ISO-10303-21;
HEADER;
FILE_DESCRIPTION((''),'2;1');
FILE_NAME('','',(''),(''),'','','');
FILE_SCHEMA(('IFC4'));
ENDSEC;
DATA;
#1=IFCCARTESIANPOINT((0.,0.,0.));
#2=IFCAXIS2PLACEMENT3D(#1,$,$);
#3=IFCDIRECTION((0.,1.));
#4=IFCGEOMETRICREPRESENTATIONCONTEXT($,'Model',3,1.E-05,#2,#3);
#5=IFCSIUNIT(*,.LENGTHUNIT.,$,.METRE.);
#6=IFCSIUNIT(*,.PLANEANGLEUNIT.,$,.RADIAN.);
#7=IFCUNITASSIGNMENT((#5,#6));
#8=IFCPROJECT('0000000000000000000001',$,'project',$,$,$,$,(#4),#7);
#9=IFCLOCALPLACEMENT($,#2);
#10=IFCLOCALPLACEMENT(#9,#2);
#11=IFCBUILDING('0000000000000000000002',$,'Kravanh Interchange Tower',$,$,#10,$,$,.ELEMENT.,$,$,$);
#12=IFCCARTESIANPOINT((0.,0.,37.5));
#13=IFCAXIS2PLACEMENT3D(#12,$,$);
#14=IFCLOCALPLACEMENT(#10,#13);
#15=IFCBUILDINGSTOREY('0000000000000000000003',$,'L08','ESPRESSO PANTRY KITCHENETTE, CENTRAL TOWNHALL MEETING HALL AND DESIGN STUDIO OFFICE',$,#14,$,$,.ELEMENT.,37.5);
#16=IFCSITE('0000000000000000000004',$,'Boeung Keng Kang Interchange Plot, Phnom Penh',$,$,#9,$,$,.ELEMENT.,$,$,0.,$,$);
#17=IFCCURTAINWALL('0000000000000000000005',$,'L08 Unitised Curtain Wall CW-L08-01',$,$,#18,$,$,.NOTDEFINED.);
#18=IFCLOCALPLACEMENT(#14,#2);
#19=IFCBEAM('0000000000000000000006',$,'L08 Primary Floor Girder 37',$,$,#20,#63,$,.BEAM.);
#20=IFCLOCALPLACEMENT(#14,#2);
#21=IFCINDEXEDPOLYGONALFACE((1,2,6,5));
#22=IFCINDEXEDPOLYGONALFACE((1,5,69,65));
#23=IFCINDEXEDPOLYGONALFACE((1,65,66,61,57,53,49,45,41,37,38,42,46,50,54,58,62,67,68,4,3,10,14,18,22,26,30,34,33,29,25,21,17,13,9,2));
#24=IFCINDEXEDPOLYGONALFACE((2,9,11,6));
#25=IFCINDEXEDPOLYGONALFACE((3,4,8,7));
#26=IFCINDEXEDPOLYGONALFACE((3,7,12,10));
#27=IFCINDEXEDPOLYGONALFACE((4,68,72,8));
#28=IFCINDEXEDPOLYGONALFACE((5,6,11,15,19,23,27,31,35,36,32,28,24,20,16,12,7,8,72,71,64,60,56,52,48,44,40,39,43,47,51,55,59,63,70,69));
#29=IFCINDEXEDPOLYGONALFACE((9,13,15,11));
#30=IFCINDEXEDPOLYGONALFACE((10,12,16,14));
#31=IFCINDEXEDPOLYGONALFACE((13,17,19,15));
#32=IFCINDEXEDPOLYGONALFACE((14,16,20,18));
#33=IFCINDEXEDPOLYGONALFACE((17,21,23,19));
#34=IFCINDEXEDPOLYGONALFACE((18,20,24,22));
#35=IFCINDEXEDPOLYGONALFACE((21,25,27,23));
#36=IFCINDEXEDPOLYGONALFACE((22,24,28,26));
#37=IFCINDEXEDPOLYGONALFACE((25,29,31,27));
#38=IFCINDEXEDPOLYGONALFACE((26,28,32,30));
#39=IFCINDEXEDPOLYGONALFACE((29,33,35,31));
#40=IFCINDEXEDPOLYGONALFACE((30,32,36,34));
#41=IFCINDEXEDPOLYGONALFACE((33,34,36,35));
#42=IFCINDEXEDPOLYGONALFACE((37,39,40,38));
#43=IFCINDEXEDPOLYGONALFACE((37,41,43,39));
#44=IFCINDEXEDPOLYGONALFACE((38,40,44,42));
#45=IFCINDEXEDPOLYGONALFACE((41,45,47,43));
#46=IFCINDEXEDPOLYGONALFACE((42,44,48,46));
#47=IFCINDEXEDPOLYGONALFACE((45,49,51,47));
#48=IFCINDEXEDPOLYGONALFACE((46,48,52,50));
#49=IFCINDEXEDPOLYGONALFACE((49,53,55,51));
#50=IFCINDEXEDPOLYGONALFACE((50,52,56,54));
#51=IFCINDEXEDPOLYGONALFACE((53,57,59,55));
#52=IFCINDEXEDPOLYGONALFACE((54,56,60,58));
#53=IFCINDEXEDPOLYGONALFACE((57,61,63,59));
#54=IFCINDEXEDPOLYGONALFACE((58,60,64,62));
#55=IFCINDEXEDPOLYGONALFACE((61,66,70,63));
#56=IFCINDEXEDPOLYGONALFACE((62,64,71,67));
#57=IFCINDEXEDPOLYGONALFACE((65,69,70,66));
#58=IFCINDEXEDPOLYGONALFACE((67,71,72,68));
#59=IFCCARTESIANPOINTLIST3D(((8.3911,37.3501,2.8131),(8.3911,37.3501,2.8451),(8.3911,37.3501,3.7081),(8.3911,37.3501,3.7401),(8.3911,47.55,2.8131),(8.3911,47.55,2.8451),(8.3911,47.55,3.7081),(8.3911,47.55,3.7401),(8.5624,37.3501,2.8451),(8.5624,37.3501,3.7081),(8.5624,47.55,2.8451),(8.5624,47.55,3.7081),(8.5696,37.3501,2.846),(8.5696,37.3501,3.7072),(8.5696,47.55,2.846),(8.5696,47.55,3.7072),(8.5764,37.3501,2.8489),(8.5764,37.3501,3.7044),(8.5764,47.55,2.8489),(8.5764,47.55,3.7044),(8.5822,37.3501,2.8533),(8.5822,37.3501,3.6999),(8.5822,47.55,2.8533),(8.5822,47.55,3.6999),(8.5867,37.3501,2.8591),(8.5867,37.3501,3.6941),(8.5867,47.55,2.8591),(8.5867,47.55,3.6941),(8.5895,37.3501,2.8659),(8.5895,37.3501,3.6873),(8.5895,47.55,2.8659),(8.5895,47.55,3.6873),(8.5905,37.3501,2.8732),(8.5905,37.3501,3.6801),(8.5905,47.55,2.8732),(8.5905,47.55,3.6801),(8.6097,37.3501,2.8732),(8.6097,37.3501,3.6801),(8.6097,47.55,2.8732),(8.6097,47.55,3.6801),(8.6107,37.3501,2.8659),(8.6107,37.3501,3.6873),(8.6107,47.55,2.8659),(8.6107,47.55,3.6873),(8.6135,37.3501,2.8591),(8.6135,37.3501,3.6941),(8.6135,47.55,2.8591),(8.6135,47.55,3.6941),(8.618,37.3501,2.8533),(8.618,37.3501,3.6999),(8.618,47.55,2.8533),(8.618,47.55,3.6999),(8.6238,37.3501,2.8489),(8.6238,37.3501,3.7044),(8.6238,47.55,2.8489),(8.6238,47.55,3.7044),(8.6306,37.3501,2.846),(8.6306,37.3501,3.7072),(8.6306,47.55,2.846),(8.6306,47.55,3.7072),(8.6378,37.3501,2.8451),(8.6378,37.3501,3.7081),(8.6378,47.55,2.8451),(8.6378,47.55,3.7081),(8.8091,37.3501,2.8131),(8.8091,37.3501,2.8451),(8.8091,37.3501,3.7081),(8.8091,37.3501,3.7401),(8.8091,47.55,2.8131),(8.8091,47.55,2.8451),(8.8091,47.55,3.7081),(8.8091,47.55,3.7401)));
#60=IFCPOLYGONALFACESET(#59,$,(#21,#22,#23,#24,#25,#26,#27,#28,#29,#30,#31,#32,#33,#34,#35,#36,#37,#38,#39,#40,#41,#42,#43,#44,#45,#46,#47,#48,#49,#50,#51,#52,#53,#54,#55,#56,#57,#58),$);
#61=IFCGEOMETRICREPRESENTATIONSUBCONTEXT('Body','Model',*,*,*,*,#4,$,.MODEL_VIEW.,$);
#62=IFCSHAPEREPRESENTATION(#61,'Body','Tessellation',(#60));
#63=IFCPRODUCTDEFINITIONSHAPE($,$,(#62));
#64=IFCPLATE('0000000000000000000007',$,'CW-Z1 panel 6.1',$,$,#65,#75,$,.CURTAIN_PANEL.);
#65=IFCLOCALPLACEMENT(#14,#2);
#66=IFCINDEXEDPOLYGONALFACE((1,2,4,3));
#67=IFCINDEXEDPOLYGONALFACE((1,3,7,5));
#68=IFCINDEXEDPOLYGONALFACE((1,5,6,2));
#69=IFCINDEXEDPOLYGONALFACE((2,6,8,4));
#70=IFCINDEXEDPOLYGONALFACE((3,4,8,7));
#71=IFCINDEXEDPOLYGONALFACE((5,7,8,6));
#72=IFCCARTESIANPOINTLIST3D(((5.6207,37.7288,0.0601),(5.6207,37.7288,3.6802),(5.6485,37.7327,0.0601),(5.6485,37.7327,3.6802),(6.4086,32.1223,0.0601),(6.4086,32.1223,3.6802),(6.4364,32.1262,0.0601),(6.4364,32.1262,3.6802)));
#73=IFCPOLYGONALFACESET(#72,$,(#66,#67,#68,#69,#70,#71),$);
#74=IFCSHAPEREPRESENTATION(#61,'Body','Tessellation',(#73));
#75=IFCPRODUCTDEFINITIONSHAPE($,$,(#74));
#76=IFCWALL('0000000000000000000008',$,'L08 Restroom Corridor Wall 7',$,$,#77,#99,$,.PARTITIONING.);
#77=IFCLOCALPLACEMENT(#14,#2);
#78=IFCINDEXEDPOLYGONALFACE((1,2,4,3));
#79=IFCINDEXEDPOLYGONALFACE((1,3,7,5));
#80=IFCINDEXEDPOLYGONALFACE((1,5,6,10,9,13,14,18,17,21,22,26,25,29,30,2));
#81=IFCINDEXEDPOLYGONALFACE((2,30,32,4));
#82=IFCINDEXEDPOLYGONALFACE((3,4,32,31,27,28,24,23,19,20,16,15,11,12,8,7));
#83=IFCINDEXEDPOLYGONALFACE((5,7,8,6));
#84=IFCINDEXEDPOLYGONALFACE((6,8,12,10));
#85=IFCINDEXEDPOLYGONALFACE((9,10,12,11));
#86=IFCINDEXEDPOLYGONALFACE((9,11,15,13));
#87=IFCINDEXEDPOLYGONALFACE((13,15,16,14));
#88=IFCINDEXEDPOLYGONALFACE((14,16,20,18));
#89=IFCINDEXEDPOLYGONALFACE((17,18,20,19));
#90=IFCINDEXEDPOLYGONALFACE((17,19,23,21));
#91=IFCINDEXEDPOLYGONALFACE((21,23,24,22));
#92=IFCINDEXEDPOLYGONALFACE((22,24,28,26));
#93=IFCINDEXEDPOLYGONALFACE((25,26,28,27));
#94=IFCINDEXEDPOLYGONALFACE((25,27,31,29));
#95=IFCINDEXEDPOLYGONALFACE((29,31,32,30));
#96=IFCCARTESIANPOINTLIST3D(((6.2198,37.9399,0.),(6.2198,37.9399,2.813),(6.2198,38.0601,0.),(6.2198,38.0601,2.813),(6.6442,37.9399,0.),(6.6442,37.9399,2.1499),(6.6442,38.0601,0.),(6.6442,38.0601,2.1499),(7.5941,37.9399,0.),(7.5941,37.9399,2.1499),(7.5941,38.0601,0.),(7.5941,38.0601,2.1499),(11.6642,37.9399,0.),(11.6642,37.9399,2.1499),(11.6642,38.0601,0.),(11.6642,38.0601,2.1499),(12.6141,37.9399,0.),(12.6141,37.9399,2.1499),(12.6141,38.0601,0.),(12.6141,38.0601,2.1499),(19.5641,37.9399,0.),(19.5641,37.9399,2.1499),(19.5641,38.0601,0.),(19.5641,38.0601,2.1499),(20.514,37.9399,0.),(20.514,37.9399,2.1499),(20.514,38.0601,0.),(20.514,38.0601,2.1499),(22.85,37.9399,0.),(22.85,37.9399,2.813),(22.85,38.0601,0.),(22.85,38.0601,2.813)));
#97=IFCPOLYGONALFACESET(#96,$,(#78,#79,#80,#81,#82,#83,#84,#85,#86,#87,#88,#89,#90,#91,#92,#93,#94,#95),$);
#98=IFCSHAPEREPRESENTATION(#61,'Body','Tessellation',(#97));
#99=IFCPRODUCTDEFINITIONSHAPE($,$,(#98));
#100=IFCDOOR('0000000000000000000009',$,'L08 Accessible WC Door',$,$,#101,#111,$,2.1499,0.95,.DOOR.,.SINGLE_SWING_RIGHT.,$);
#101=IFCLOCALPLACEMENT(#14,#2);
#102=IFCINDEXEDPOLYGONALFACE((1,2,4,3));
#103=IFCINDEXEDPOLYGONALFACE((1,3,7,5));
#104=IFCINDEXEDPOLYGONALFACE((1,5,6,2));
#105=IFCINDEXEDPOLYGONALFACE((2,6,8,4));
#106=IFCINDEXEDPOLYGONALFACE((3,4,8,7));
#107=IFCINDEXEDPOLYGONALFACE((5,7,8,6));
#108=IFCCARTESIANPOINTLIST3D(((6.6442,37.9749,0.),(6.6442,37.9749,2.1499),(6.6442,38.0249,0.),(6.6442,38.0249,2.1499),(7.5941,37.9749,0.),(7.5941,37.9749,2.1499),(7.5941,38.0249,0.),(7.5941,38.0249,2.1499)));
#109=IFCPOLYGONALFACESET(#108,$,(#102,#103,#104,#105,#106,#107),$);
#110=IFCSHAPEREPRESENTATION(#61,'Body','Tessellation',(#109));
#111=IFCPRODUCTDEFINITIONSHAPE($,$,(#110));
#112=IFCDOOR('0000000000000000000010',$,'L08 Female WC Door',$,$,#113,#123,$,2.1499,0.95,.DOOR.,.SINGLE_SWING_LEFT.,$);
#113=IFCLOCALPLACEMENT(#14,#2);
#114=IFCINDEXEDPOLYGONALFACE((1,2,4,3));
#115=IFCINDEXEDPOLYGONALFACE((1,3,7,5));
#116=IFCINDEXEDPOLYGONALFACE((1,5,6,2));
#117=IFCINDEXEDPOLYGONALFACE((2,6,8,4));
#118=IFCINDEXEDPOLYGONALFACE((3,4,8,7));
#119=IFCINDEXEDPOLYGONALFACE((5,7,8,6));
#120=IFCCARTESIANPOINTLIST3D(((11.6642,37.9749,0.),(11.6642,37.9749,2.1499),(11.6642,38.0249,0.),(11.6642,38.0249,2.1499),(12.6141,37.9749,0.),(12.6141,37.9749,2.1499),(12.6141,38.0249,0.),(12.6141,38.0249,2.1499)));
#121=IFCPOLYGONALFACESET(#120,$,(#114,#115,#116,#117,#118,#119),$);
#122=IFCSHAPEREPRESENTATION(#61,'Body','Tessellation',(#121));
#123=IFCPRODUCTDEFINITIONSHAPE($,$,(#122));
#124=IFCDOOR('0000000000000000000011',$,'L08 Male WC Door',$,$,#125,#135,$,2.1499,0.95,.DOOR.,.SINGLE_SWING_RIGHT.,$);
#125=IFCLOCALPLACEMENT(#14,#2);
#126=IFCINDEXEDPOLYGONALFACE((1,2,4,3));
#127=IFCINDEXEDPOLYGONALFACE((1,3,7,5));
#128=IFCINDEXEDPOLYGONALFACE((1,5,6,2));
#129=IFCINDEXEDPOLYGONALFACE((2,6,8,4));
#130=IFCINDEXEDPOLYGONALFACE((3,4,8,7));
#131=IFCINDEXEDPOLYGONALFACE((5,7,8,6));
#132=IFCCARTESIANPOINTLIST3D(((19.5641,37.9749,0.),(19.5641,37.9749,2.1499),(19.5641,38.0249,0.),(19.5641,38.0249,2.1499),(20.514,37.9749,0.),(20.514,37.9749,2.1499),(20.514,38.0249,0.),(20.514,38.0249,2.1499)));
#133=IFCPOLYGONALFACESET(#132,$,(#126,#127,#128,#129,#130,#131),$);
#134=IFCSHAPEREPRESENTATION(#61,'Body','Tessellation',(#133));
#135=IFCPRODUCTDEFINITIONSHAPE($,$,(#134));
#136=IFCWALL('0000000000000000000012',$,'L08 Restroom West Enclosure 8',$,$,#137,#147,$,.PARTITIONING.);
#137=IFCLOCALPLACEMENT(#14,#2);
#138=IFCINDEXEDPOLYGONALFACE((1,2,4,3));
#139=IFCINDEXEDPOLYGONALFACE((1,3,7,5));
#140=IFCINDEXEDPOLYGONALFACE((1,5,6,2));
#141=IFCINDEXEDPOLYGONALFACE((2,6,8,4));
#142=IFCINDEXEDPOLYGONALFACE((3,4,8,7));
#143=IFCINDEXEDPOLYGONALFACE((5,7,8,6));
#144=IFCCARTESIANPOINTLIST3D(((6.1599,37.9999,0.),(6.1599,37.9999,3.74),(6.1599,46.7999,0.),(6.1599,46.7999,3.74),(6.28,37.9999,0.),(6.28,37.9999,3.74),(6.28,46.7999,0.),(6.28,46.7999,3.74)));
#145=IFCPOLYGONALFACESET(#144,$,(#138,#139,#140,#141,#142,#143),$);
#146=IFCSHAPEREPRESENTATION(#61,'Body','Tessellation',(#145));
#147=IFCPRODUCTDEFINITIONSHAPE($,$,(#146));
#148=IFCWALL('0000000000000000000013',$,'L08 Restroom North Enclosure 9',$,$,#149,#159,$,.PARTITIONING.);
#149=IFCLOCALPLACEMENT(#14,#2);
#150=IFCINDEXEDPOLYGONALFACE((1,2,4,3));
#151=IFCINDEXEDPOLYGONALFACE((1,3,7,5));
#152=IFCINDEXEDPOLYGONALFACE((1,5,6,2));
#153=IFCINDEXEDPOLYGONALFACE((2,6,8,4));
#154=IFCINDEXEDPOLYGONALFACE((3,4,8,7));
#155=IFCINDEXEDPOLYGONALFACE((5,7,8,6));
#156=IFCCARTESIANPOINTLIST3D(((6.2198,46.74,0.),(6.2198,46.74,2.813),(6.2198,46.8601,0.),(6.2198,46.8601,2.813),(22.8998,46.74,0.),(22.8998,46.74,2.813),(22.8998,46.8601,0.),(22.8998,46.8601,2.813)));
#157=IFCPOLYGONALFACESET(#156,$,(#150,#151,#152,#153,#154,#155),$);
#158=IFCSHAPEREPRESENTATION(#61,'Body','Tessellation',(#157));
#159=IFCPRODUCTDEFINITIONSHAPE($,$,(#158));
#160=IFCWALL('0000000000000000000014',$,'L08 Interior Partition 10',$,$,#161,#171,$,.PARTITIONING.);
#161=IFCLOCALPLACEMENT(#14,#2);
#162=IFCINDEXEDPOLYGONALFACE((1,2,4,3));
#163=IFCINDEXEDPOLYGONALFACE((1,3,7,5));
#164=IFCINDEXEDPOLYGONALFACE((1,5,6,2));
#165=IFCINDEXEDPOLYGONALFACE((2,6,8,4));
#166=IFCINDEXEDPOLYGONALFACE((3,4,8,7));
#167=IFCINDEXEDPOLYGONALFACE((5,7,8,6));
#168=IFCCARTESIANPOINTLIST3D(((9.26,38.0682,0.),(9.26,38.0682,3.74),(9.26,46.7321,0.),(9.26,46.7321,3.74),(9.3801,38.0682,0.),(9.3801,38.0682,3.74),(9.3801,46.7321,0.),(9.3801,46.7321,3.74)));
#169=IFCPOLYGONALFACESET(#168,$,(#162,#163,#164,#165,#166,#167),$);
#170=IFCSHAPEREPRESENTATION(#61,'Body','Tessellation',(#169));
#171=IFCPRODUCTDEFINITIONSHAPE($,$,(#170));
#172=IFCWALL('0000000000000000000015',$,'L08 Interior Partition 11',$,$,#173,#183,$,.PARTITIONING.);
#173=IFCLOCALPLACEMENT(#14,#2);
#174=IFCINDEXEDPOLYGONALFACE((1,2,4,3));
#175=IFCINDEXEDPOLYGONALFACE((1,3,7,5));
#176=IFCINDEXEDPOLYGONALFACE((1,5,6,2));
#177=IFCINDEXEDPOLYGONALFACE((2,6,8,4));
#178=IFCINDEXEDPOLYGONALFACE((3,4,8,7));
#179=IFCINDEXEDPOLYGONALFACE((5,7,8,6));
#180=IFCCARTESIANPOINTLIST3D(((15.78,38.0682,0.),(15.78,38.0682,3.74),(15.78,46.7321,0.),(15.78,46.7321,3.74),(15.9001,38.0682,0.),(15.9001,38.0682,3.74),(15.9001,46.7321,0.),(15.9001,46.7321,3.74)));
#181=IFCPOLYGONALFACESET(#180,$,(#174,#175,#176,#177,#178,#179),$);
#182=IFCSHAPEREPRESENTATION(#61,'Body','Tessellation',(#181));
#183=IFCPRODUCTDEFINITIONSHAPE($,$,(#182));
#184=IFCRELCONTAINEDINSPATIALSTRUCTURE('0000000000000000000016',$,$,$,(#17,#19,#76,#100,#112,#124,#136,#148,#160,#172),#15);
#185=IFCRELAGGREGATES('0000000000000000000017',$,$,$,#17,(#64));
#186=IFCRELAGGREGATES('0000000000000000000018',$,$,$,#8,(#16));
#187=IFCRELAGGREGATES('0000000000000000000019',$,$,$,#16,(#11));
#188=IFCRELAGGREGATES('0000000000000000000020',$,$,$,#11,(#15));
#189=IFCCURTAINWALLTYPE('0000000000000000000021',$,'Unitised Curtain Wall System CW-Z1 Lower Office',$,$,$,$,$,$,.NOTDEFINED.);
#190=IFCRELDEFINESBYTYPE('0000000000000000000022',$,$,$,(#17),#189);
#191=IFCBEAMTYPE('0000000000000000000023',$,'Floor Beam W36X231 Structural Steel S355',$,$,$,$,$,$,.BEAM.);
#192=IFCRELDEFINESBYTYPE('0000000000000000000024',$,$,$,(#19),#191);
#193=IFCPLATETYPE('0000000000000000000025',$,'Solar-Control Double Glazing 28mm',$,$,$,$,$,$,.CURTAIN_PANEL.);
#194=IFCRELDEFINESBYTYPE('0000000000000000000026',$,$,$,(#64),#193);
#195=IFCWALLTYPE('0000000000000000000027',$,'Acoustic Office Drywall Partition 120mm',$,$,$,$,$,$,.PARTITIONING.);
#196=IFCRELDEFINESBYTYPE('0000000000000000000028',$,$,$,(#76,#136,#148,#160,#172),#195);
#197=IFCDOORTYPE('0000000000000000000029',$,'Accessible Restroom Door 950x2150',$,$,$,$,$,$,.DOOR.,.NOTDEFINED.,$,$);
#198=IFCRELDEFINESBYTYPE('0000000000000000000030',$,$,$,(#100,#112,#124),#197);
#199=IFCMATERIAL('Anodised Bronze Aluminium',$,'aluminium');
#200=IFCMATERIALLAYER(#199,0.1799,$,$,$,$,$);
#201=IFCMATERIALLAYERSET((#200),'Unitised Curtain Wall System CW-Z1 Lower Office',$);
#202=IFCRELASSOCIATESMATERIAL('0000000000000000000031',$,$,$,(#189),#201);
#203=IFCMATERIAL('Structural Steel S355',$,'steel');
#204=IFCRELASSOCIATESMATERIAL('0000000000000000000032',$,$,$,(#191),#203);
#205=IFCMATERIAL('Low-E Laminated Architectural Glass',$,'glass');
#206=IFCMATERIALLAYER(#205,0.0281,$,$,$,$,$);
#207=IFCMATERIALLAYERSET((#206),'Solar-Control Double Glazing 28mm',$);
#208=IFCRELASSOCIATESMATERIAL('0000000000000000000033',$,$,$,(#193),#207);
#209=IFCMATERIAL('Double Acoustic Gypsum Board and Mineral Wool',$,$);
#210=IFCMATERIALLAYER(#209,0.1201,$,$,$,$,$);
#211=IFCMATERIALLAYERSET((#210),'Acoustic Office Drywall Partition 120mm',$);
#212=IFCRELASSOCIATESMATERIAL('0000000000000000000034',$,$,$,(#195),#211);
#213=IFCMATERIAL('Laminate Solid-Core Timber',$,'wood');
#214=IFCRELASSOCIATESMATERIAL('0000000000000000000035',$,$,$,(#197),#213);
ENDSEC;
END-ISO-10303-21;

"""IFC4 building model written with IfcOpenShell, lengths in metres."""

from ifc_helpers import new_model, si_unit, direction, frame, frame_2d, origin, origin_2d, place, context, subcontext, project, spatial, rectangle, i_section, extrude, material, layer, layer_set, material_profile, profile_set, type_object, element, fill, aggregate, save


model = new_model("IFC4")

# Units and contexts
model_context = context("Model", 3, precision=1e-05, world=origin(), true_north=direction((0.0, 1.0)))
body_context = subcontext(model_context, "Body", "Model", "MODEL_VIEW")
ifc_project = project(units=[si_unit("LENGTHUNIT", "METRE"), si_unit("PLANEANGLEUNIT", "RADIAN")], contexts=[model_context])

# Site, building, storey
site_placement = place(None, origin())
site = spatial("IfcSite", under=ifc_project, at=site_placement, Name="Boeung Keng Kang Interchange Plot, Phnom Penh", CompositionType="ELEMENT", RefElevation=0.0)
building_placement = place(site_placement, origin())
building = spatial("IfcBuilding", under=site, at=building_placement, Name="Kravanh Interchange Tower", CompositionType="ELEMENT")
storey_placement = place(building_placement, frame((0.0, 0.0, 37.5)))
storey = spatial("IfcBuildingStorey", under=building, at=storey_placement, Name="L08", Description="ESPRESSO PANTRY KITCHENETTE, CENTRAL TOWNHALL MEETING HALL AND DESIGN STUDIO OFFICE", CompositionType="ELEMENT", Elevation=37.5)

# Curtain wall
ifc_material_1 = material(Name="Anodised Bronze Aluminium", Category="aluminium")
ifc_layer_1 = layer(ifc_material_1, 0.1799)
ifc_layer_set_1 = layer_set([ifc_layer_1], Name="Unitised Curtain Wall System CW-Z1 Lower Office")
curtain_wall_type = type_object("IfcCurtainWallType", Name="Unitised Curtain Wall System CW-Z1 Lower Office", PredefinedType="NOTDEFINED", material=ifc_layer_set_1)
curtain_wall_placement = place(storey_placement, origin())
curtain_wall = element("IfcCurtainWall", 1, at=curtain_wall_placement, inside=storey, type_object=curtain_wall_type, Name="L08 Unitised Curtain Wall CW-L08-01", PredefinedType="NOTDEFINED")

# Beam
ifc_material_2 = material(Name="Structural Steel S355", Category="steel")
ifc_material_profile_1 = material_profile(ifc_material_2, i_section(OverallWidth=0.418, OverallDepth=0.927, WebThickness=0.0193, FlangeThickness=0.032, FilletRadius=0.0281, at=origin_2d()), Name="W36X231")
ifc_profile_set_1 = profile_set([ifc_material_profile_1], Name="Structural Steel S355")
beam_type = type_object("IfcBeamType", Name="Floor Beam W36X231 Structural Steel S355", PredefinedType="BEAM", material=ifc_profile_set_1)
beam_1_placement = place(storey_placement, frame((8.6001, 37.3501, 3.2766), z_axis=(0.0, 1.0, 0.0), x_axis=(-1.0, 0.0, 0.0)))
element("IfcBeam", 2, at=beam_1_placement, inside=storey, type_object=beam_type, Name="L08 Primary Floor Girder 37", PredefinedType="BEAM", context=body_context, shape_type="SweptSolid", body=[
    extrude(i_section(OverallWidth=0.418, OverallDepth=0.927, WebThickness=0.0193, FlangeThickness=0.032, FilletRadius=0.0281, at=origin_2d()), origin(), (0.0, 0.0, 1.0), 10.2),
])

# Plate
ifc_material_3 = material(Name="Low-E Laminated Architectural Glass", Category="glass")
ifc_layer_2 = layer(ifc_material_3, 0.0281)
ifc_layer_set_2 = layer_set([ifc_layer_2], Name="Solar-Control Double Glazing 28mm")
plate_type = type_object("IfcPlateType", Name="Solar-Control Double Glazing 28mm", PredefinedType="CURTAIN_PANEL", material=ifc_layer_set_2)
plate_placement = place(storey_placement, frame((6.0286, 34.9275, 0.0601), z_axis=(0.0, 0.0, 1.0), x_axis=(-0.139177, 0.990268, 0.0)))
plate = element("IfcPlate", 3, at=plate_placement, type_object=plate_type, Name="CW-Z1 panel 6.1", PredefinedType="CURTAIN_PANEL", context=body_context, shape_type="SweptSolid", body=[
    extrude(rectangle(XDim=5.6616, YDim=0.0281, at=origin_2d()), origin(), (0.0, 0.0, 1.0), 3.6201),
])
aggregate(curtain_wall, [plate])

# Wall, openings, doors
ifc_material_4 = material(Name="Double Acoustic Gypsum Board and Mineral Wool")
ifc_layer_3 = layer(ifc_material_4, 0.1201)
ifc_layer_set_3 = layer_set([ifc_layer_3], Name="Acoustic Office Drywall Partition 120mm")
wall_type_1 = type_object("IfcWallType", Name="Acoustic Office Drywall Partition 120mm", PredefinedType="PARTITIONING", material=ifc_layer_set_3)
wall_1_placement = place(storey_placement, frame((6.22, 38.0, 0.0), z_axis=(0.0, 0.0, 1.0), x_axis=(1.0, 0.0, 0.0)))
wall_1 = element("IfcWall", 4, at=wall_1_placement, inside=storey, type_object=wall_type_1, Name="L08 Restroom Corridor Wall 7", PredefinedType="PARTITIONING", context=body_context, shape_type="SweptSolid", body=[
    extrude(rectangle(XDim=16.6301, YDim=0.1201, at=frame_2d((8.3149, 0.0))), origin(), (0.0, 0.0, 1.0), 2.813),
])
opening_1_placement = place(wall_1_placement, frame((0.4241, 0.0, 0.0)))
opening_1 = element("IfcOpeningElement", 5, at=opening_1_placement, cuts=wall_1, PredefinedType="OPENING", context=body_context, shape_type="SweptSolid", body=[
    extrude(rectangle(XDim=0.95, YDim=2.1499, at=frame_2d((0.4751, 1.075))), frame((0.0, 0.0701, 0.0), z_axis=(0.0, -1.0, 0.0), x_axis=(1.0, 0.0, 0.0)), (0.0, 0.0, 1.0), 0.1401),
])
opening_2_placement = place(wall_1_placement, frame((5.4441, 0.0, 0.0)))
opening_2 = element("IfcOpeningElement", 6, at=opening_2_placement, cuts=wall_1, PredefinedType="OPENING", context=body_context, shape_type="SweptSolid", body=[
    extrude(rectangle(XDim=0.95, YDim=2.1499, at=frame_2d((0.4751, 1.075))), frame((0.0, 0.0701, 0.0), z_axis=(0.0, -1.0, 0.0), x_axis=(1.0, 0.0, 0.0)), (0.0, 0.0, 1.0), 0.1401),
])
opening_3_placement = place(wall_1_placement, frame((13.344, 0.0, 0.0)))
opening_3 = element("IfcOpeningElement", 7, at=opening_3_placement, cuts=wall_1, PredefinedType="OPENING", context=body_context, shape_type="SweptSolid", body=[
    extrude(rectangle(XDim=0.95, YDim=2.1499, at=frame_2d((0.4751, 1.075))), frame((0.0, 0.0701, 0.0), z_axis=(0.0, -1.0, 0.0), x_axis=(1.0, 0.0, 0.0)), (0.0, 0.0, 1.0), 0.1401),
])
ifc_material_5 = material(Name="Laminate Solid-Core Timber", Category="wood")
door_type = type_object("IfcDoorType", Name="Accessible Restroom Door 950x2150", OperationType="NOTDEFINED", PredefinedType="DOOR", material=ifc_material_5)
door_1_placement = place(opening_1_placement, origin())
door_1 = element("IfcDoor", 8, at=door_1_placement, inside=storey, type_object=door_type, Name="L08 Accessible WC Door", OperationType="SINGLE_SWING_RIGHT", OverallHeight=2.1499, OverallWidth=0.95, PredefinedType="DOOR", context=body_context, shape_type="SweptSolid", body=[
    extrude(rectangle(XDim=0.95, YDim=2.1499, at=frame_2d((0.4751, 1.075))), frame((0.0, 0.0249, 0.0), z_axis=(0.0, -1.0, 0.0), x_axis=(1.0, 0.0, 0.0)), (0.0, 0.0, 1.0), 0.05),
])
fill(opening_1, door_1)
door_2_placement = place(opening_2_placement, origin())
door_2 = element("IfcDoor", 9, at=door_2_placement, inside=storey, type_object=door_type, Name="L08 Female WC Door", OperationType="SINGLE_SWING_LEFT", OverallHeight=2.1499, OverallWidth=0.95, PredefinedType="DOOR", context=body_context, shape_type="SweptSolid", body=[
    extrude(rectangle(XDim=0.95, YDim=2.1499, at=frame_2d((0.4751, 1.075))), frame((0.0, 0.0249, 0.0), z_axis=(0.0, -1.0, 0.0), x_axis=(1.0, 0.0, 0.0)), (0.0, 0.0, 1.0), 0.05),
])
fill(opening_2, door_2)
door_3_placement = place(opening_3_placement, origin())
door_3 = element("IfcDoor", 10, at=door_3_placement, inside=storey, type_object=door_type, Name="L08 Male WC Door", OperationType="SINGLE_SWING_RIGHT", OverallHeight=2.1499, OverallWidth=0.95, PredefinedType="DOOR", context=body_context, shape_type="SweptSolid", body=[
    extrude(rectangle(XDim=0.95, YDim=2.1499, at=frame_2d((0.4751, 1.075))), frame((0.0, 0.0249, 0.0), z_axis=(0.0, -1.0, 0.0), x_axis=(1.0, 0.0, 0.0)), (0.0, 0.0, 1.0), 0.05),
])
fill(opening_3, door_3)

# Walls
wall_2_placement = place(storey_placement, frame((6.22, 38.0, 0.0), z_axis=(0.0, 0.0, 1.0), x_axis=(0.0, 1.0, 0.0)))
element("IfcWall", 11, at=wall_2_placement, inside=storey, type_object=wall_type_1, Name="L08 Restroom West Enclosure 8", PredefinedType="PARTITIONING", context=body_context, shape_type="SweptSolid", body=[
    extrude(rectangle(XDim=8.8, YDim=0.1201, at=frame_2d((4.3999, 0.0))), origin(), (0.0, 0.0, 1.0), 3.74),
])
wall_3_placement = place(storey_placement, frame((6.22, 46.8, 0.0), z_axis=(0.0, 0.0, 1.0), x_axis=(1.0, 0.0, 0.0)))
element("IfcWall", 12, at=wall_3_placement, inside=storey, type_object=wall_type_1, Name="L08 Restroom North Enclosure 9", PredefinedType="PARTITIONING", context=body_context, shape_type="SweptSolid", body=[
    extrude(rectangle(XDim=16.6799, YDim=0.1201, at=frame_2d((8.3398, 0.0))), origin(), (0.0, 0.0, 1.0), 2.813),
])
for number, where, z_axis, x_axis, name in (
    (13, (9.3201, 38.0681, 0.0), (0.0, 0.0, 1.0), (0.0, 1.0, 0.0), "L08 Interior Partition 10"),
    (14, (15.8401, 38.0681, 0.0), (0.0, 0.0, 1.0), (0.0, 1.0, 0.0), "L08 Interior Partition 11"),
):
    element("IfcWall", number, at=place(storey_placement, frame(where, z_axis=z_axis, x_axis=x_axis)), inside=storey, type_object=wall_type_1, Name=name, PredefinedType="PARTITIONING", context=body_context, shape_type="SweptSolid", body=[
        extrude(rectangle(XDim=8.6638, YDim=0.1201, at=frame_2d((4.332, 0.0))), origin(), (0.0, 0.0, 1.0), 3.74),
    ])

save(model, "model.ifc")
